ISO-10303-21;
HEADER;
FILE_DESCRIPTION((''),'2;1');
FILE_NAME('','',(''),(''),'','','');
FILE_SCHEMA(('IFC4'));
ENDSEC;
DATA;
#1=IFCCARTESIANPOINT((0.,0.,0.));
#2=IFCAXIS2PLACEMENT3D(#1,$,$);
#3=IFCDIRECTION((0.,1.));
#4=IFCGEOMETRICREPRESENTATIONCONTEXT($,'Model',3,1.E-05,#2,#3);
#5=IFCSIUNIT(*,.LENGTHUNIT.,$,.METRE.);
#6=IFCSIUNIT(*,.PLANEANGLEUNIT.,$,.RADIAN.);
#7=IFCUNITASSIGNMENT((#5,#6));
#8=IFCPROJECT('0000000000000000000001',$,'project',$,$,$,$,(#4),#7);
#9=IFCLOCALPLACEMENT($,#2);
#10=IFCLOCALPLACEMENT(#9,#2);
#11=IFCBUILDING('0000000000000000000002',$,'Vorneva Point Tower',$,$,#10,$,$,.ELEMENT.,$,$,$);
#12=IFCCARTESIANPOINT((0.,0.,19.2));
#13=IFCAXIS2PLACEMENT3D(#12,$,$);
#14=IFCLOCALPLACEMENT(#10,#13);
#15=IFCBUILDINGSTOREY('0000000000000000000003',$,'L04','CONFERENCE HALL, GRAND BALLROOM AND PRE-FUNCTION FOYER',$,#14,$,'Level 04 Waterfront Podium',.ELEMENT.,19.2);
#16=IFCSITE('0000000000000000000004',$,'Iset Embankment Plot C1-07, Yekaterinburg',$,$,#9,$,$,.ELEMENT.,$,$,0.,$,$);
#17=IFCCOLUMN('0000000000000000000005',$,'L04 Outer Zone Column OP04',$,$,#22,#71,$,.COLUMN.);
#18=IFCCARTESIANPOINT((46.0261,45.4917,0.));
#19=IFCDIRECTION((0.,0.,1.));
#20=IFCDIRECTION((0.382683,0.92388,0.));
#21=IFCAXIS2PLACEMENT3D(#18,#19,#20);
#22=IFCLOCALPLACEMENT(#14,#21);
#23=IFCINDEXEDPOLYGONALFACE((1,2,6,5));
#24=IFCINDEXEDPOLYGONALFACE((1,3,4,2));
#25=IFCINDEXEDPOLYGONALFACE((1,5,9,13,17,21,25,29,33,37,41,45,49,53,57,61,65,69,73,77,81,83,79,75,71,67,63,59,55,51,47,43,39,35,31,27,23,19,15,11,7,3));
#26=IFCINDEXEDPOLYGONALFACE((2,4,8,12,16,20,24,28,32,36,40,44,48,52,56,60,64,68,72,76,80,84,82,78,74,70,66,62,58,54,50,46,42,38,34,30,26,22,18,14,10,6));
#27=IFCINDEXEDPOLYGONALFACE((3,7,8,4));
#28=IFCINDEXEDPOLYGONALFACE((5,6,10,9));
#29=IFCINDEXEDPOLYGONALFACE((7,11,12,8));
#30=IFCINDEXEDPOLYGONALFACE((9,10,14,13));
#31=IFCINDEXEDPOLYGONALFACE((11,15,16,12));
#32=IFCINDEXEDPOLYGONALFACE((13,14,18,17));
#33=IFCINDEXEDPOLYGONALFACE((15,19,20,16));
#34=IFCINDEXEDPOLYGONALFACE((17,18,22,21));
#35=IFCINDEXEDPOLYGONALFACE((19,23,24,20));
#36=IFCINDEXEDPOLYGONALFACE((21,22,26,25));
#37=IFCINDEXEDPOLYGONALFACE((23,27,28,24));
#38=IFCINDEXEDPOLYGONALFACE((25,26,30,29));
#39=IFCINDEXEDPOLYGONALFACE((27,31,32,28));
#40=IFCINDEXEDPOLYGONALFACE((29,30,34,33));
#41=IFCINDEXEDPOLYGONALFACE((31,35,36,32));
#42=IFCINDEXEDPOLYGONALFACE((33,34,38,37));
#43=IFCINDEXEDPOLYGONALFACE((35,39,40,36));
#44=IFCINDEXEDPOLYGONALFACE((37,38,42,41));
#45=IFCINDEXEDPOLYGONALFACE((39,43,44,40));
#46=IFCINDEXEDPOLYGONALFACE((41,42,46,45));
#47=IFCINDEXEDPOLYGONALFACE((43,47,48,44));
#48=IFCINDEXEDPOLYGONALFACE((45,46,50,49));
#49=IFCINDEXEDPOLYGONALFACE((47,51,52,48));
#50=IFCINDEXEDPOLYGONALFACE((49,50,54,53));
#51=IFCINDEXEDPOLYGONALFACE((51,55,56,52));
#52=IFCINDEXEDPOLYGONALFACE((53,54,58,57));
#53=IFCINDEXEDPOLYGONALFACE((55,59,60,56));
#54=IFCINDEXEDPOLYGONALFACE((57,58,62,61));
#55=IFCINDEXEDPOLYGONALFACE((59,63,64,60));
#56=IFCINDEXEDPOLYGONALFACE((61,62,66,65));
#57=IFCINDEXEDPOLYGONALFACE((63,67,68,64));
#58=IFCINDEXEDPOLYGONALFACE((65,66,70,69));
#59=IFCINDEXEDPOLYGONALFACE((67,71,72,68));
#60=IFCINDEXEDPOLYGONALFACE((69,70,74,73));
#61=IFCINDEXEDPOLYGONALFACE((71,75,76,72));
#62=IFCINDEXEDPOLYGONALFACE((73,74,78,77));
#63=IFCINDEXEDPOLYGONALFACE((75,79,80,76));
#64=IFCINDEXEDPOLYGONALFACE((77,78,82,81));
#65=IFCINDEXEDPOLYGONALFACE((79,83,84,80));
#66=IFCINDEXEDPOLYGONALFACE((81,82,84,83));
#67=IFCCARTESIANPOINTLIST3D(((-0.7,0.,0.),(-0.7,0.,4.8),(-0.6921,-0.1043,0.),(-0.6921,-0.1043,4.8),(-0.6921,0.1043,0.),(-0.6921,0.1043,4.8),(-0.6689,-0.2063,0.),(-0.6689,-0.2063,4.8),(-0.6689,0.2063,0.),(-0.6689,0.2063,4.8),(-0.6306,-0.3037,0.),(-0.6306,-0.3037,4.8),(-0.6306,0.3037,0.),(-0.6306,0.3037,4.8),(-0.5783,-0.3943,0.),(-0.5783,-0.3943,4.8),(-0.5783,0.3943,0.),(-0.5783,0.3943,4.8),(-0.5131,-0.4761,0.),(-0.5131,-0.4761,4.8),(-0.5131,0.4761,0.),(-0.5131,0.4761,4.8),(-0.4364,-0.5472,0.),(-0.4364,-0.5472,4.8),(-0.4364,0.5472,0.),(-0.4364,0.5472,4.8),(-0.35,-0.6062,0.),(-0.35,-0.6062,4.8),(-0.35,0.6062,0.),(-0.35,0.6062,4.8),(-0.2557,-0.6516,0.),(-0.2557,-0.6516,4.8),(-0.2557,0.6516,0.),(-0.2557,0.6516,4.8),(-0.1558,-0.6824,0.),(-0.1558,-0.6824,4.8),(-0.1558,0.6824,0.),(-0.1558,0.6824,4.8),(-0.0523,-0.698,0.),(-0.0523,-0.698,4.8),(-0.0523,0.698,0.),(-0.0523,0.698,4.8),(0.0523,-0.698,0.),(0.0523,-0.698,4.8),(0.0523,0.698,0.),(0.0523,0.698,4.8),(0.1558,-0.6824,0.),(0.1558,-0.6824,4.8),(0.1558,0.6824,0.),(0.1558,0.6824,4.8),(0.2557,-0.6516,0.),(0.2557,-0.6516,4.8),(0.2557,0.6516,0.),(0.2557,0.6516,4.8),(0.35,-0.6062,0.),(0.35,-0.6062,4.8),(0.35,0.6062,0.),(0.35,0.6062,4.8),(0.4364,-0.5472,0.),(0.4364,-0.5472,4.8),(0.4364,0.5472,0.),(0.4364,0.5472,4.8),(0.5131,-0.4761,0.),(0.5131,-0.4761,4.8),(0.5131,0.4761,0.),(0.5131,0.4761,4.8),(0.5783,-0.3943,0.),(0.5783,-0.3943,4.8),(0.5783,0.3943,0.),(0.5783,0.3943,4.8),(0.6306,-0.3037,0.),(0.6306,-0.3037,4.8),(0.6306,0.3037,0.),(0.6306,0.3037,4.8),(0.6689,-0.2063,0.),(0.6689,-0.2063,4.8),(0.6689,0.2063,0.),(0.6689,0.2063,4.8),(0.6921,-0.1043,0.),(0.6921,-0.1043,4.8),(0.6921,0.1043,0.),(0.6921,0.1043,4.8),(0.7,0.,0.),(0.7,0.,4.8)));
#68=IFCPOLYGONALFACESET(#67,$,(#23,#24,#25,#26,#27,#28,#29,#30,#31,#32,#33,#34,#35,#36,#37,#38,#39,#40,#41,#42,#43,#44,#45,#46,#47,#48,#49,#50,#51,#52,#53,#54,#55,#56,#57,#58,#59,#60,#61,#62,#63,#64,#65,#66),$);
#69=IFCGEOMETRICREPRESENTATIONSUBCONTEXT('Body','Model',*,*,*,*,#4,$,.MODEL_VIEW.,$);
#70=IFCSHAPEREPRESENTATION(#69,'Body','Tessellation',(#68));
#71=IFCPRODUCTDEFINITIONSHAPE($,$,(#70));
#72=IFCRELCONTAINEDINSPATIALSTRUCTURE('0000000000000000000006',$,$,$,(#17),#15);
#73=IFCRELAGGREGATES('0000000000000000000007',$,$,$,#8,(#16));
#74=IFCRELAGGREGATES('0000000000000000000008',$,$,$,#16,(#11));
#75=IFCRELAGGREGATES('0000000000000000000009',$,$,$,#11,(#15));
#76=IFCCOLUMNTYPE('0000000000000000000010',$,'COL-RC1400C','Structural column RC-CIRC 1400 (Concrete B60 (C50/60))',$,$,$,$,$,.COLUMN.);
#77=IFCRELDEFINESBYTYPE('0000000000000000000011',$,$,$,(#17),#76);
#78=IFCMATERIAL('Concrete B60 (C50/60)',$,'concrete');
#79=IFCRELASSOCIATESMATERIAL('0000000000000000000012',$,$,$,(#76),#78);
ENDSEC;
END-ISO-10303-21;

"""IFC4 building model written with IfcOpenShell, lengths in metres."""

from ifc_helpers import new_model, si_unit, direction, frame, origin, origin_2d, place, context, subcontext, project, spatial, circle, extrude, material, material_profile, profile_set, type_object, element, save


model = new_model("IFC4")

# Units and contexts
model_context = context("Model", 3, precision=1e-05, world=origin(), true_north=direction((0.0, 1.0)))
body_context = subcontext(model_context, "Body", "Model", "MODEL_VIEW")
ifc_project = project(units=[si_unit("LENGTHUNIT", "METRE"), si_unit("PLANEANGLEUNIT", "RADIAN")], contexts=[model_context])

# Site, building, storey
site_placement = place(None, origin())
site = spatial("IfcSite", under=ifc_project, at=site_placement, Name="Iset Embankment Plot C1-07, Yekaterinburg", CompositionType="ELEMENT", RefElevation=0.0)
building_placement = place(site_placement, origin())
building = spatial("IfcBuilding", under=site, at=building_placement, Name="Vorneva Point Tower", CompositionType="ELEMENT")
storey_placement = place(building_placement, frame((0.0, 0.0, 19.2)))
storey = spatial("IfcBuildingStorey", under=building, at=storey_placement, Name="L04", Description="CONFERENCE HALL, GRAND BALLROOM AND PRE-FUNCTION FOYER", LongName="Level 04 Waterfront Podium", CompositionType="ELEMENT", Elevation=19.2)

# Column
ifc_material_1 = material(Name="Concrete B60 (C50/60)", Category="concrete")
ifc_material_profile_1 = material_profile(ifc_material_1, circle(Radius=0.7, at=origin_2d()), Name="RC-CIRC 1400")
ifc_profile_set_1 = profile_set([ifc_material_profile_1], Name="Concrete B60 (C50/60)")
column_type = type_object("IfcColumnType", Name="COL-RC1400C", Description="Structural column RC-CIRC 1400 (Concrete B60 (C50/60))", PredefinedType="COLUMN", material=ifc_profile_set_1)
for number, where, z_axis, x_axis, name in (
    (1, (46.0261, 45.4917, 0.0), (0.0, 0.0, 1.0), (0.382683, 0.92388, 0.0), "L04 Outer Zone Column OP04"),
):
    element("IfcColumn", number, at=place(storey_placement, frame(where, z_axis=z_axis, x_axis=x_axis)), inside=storey, type_object=column_type, Name=name, PredefinedType="COLUMN", context=body_context, shape_type="SweptSolid", body=[
        extrude(circle(Radius=0.7, at=origin_2d()), origin(), (0.0, 0.0, 1.0), 4.8),
    ])

save(model, "model.ifc")
